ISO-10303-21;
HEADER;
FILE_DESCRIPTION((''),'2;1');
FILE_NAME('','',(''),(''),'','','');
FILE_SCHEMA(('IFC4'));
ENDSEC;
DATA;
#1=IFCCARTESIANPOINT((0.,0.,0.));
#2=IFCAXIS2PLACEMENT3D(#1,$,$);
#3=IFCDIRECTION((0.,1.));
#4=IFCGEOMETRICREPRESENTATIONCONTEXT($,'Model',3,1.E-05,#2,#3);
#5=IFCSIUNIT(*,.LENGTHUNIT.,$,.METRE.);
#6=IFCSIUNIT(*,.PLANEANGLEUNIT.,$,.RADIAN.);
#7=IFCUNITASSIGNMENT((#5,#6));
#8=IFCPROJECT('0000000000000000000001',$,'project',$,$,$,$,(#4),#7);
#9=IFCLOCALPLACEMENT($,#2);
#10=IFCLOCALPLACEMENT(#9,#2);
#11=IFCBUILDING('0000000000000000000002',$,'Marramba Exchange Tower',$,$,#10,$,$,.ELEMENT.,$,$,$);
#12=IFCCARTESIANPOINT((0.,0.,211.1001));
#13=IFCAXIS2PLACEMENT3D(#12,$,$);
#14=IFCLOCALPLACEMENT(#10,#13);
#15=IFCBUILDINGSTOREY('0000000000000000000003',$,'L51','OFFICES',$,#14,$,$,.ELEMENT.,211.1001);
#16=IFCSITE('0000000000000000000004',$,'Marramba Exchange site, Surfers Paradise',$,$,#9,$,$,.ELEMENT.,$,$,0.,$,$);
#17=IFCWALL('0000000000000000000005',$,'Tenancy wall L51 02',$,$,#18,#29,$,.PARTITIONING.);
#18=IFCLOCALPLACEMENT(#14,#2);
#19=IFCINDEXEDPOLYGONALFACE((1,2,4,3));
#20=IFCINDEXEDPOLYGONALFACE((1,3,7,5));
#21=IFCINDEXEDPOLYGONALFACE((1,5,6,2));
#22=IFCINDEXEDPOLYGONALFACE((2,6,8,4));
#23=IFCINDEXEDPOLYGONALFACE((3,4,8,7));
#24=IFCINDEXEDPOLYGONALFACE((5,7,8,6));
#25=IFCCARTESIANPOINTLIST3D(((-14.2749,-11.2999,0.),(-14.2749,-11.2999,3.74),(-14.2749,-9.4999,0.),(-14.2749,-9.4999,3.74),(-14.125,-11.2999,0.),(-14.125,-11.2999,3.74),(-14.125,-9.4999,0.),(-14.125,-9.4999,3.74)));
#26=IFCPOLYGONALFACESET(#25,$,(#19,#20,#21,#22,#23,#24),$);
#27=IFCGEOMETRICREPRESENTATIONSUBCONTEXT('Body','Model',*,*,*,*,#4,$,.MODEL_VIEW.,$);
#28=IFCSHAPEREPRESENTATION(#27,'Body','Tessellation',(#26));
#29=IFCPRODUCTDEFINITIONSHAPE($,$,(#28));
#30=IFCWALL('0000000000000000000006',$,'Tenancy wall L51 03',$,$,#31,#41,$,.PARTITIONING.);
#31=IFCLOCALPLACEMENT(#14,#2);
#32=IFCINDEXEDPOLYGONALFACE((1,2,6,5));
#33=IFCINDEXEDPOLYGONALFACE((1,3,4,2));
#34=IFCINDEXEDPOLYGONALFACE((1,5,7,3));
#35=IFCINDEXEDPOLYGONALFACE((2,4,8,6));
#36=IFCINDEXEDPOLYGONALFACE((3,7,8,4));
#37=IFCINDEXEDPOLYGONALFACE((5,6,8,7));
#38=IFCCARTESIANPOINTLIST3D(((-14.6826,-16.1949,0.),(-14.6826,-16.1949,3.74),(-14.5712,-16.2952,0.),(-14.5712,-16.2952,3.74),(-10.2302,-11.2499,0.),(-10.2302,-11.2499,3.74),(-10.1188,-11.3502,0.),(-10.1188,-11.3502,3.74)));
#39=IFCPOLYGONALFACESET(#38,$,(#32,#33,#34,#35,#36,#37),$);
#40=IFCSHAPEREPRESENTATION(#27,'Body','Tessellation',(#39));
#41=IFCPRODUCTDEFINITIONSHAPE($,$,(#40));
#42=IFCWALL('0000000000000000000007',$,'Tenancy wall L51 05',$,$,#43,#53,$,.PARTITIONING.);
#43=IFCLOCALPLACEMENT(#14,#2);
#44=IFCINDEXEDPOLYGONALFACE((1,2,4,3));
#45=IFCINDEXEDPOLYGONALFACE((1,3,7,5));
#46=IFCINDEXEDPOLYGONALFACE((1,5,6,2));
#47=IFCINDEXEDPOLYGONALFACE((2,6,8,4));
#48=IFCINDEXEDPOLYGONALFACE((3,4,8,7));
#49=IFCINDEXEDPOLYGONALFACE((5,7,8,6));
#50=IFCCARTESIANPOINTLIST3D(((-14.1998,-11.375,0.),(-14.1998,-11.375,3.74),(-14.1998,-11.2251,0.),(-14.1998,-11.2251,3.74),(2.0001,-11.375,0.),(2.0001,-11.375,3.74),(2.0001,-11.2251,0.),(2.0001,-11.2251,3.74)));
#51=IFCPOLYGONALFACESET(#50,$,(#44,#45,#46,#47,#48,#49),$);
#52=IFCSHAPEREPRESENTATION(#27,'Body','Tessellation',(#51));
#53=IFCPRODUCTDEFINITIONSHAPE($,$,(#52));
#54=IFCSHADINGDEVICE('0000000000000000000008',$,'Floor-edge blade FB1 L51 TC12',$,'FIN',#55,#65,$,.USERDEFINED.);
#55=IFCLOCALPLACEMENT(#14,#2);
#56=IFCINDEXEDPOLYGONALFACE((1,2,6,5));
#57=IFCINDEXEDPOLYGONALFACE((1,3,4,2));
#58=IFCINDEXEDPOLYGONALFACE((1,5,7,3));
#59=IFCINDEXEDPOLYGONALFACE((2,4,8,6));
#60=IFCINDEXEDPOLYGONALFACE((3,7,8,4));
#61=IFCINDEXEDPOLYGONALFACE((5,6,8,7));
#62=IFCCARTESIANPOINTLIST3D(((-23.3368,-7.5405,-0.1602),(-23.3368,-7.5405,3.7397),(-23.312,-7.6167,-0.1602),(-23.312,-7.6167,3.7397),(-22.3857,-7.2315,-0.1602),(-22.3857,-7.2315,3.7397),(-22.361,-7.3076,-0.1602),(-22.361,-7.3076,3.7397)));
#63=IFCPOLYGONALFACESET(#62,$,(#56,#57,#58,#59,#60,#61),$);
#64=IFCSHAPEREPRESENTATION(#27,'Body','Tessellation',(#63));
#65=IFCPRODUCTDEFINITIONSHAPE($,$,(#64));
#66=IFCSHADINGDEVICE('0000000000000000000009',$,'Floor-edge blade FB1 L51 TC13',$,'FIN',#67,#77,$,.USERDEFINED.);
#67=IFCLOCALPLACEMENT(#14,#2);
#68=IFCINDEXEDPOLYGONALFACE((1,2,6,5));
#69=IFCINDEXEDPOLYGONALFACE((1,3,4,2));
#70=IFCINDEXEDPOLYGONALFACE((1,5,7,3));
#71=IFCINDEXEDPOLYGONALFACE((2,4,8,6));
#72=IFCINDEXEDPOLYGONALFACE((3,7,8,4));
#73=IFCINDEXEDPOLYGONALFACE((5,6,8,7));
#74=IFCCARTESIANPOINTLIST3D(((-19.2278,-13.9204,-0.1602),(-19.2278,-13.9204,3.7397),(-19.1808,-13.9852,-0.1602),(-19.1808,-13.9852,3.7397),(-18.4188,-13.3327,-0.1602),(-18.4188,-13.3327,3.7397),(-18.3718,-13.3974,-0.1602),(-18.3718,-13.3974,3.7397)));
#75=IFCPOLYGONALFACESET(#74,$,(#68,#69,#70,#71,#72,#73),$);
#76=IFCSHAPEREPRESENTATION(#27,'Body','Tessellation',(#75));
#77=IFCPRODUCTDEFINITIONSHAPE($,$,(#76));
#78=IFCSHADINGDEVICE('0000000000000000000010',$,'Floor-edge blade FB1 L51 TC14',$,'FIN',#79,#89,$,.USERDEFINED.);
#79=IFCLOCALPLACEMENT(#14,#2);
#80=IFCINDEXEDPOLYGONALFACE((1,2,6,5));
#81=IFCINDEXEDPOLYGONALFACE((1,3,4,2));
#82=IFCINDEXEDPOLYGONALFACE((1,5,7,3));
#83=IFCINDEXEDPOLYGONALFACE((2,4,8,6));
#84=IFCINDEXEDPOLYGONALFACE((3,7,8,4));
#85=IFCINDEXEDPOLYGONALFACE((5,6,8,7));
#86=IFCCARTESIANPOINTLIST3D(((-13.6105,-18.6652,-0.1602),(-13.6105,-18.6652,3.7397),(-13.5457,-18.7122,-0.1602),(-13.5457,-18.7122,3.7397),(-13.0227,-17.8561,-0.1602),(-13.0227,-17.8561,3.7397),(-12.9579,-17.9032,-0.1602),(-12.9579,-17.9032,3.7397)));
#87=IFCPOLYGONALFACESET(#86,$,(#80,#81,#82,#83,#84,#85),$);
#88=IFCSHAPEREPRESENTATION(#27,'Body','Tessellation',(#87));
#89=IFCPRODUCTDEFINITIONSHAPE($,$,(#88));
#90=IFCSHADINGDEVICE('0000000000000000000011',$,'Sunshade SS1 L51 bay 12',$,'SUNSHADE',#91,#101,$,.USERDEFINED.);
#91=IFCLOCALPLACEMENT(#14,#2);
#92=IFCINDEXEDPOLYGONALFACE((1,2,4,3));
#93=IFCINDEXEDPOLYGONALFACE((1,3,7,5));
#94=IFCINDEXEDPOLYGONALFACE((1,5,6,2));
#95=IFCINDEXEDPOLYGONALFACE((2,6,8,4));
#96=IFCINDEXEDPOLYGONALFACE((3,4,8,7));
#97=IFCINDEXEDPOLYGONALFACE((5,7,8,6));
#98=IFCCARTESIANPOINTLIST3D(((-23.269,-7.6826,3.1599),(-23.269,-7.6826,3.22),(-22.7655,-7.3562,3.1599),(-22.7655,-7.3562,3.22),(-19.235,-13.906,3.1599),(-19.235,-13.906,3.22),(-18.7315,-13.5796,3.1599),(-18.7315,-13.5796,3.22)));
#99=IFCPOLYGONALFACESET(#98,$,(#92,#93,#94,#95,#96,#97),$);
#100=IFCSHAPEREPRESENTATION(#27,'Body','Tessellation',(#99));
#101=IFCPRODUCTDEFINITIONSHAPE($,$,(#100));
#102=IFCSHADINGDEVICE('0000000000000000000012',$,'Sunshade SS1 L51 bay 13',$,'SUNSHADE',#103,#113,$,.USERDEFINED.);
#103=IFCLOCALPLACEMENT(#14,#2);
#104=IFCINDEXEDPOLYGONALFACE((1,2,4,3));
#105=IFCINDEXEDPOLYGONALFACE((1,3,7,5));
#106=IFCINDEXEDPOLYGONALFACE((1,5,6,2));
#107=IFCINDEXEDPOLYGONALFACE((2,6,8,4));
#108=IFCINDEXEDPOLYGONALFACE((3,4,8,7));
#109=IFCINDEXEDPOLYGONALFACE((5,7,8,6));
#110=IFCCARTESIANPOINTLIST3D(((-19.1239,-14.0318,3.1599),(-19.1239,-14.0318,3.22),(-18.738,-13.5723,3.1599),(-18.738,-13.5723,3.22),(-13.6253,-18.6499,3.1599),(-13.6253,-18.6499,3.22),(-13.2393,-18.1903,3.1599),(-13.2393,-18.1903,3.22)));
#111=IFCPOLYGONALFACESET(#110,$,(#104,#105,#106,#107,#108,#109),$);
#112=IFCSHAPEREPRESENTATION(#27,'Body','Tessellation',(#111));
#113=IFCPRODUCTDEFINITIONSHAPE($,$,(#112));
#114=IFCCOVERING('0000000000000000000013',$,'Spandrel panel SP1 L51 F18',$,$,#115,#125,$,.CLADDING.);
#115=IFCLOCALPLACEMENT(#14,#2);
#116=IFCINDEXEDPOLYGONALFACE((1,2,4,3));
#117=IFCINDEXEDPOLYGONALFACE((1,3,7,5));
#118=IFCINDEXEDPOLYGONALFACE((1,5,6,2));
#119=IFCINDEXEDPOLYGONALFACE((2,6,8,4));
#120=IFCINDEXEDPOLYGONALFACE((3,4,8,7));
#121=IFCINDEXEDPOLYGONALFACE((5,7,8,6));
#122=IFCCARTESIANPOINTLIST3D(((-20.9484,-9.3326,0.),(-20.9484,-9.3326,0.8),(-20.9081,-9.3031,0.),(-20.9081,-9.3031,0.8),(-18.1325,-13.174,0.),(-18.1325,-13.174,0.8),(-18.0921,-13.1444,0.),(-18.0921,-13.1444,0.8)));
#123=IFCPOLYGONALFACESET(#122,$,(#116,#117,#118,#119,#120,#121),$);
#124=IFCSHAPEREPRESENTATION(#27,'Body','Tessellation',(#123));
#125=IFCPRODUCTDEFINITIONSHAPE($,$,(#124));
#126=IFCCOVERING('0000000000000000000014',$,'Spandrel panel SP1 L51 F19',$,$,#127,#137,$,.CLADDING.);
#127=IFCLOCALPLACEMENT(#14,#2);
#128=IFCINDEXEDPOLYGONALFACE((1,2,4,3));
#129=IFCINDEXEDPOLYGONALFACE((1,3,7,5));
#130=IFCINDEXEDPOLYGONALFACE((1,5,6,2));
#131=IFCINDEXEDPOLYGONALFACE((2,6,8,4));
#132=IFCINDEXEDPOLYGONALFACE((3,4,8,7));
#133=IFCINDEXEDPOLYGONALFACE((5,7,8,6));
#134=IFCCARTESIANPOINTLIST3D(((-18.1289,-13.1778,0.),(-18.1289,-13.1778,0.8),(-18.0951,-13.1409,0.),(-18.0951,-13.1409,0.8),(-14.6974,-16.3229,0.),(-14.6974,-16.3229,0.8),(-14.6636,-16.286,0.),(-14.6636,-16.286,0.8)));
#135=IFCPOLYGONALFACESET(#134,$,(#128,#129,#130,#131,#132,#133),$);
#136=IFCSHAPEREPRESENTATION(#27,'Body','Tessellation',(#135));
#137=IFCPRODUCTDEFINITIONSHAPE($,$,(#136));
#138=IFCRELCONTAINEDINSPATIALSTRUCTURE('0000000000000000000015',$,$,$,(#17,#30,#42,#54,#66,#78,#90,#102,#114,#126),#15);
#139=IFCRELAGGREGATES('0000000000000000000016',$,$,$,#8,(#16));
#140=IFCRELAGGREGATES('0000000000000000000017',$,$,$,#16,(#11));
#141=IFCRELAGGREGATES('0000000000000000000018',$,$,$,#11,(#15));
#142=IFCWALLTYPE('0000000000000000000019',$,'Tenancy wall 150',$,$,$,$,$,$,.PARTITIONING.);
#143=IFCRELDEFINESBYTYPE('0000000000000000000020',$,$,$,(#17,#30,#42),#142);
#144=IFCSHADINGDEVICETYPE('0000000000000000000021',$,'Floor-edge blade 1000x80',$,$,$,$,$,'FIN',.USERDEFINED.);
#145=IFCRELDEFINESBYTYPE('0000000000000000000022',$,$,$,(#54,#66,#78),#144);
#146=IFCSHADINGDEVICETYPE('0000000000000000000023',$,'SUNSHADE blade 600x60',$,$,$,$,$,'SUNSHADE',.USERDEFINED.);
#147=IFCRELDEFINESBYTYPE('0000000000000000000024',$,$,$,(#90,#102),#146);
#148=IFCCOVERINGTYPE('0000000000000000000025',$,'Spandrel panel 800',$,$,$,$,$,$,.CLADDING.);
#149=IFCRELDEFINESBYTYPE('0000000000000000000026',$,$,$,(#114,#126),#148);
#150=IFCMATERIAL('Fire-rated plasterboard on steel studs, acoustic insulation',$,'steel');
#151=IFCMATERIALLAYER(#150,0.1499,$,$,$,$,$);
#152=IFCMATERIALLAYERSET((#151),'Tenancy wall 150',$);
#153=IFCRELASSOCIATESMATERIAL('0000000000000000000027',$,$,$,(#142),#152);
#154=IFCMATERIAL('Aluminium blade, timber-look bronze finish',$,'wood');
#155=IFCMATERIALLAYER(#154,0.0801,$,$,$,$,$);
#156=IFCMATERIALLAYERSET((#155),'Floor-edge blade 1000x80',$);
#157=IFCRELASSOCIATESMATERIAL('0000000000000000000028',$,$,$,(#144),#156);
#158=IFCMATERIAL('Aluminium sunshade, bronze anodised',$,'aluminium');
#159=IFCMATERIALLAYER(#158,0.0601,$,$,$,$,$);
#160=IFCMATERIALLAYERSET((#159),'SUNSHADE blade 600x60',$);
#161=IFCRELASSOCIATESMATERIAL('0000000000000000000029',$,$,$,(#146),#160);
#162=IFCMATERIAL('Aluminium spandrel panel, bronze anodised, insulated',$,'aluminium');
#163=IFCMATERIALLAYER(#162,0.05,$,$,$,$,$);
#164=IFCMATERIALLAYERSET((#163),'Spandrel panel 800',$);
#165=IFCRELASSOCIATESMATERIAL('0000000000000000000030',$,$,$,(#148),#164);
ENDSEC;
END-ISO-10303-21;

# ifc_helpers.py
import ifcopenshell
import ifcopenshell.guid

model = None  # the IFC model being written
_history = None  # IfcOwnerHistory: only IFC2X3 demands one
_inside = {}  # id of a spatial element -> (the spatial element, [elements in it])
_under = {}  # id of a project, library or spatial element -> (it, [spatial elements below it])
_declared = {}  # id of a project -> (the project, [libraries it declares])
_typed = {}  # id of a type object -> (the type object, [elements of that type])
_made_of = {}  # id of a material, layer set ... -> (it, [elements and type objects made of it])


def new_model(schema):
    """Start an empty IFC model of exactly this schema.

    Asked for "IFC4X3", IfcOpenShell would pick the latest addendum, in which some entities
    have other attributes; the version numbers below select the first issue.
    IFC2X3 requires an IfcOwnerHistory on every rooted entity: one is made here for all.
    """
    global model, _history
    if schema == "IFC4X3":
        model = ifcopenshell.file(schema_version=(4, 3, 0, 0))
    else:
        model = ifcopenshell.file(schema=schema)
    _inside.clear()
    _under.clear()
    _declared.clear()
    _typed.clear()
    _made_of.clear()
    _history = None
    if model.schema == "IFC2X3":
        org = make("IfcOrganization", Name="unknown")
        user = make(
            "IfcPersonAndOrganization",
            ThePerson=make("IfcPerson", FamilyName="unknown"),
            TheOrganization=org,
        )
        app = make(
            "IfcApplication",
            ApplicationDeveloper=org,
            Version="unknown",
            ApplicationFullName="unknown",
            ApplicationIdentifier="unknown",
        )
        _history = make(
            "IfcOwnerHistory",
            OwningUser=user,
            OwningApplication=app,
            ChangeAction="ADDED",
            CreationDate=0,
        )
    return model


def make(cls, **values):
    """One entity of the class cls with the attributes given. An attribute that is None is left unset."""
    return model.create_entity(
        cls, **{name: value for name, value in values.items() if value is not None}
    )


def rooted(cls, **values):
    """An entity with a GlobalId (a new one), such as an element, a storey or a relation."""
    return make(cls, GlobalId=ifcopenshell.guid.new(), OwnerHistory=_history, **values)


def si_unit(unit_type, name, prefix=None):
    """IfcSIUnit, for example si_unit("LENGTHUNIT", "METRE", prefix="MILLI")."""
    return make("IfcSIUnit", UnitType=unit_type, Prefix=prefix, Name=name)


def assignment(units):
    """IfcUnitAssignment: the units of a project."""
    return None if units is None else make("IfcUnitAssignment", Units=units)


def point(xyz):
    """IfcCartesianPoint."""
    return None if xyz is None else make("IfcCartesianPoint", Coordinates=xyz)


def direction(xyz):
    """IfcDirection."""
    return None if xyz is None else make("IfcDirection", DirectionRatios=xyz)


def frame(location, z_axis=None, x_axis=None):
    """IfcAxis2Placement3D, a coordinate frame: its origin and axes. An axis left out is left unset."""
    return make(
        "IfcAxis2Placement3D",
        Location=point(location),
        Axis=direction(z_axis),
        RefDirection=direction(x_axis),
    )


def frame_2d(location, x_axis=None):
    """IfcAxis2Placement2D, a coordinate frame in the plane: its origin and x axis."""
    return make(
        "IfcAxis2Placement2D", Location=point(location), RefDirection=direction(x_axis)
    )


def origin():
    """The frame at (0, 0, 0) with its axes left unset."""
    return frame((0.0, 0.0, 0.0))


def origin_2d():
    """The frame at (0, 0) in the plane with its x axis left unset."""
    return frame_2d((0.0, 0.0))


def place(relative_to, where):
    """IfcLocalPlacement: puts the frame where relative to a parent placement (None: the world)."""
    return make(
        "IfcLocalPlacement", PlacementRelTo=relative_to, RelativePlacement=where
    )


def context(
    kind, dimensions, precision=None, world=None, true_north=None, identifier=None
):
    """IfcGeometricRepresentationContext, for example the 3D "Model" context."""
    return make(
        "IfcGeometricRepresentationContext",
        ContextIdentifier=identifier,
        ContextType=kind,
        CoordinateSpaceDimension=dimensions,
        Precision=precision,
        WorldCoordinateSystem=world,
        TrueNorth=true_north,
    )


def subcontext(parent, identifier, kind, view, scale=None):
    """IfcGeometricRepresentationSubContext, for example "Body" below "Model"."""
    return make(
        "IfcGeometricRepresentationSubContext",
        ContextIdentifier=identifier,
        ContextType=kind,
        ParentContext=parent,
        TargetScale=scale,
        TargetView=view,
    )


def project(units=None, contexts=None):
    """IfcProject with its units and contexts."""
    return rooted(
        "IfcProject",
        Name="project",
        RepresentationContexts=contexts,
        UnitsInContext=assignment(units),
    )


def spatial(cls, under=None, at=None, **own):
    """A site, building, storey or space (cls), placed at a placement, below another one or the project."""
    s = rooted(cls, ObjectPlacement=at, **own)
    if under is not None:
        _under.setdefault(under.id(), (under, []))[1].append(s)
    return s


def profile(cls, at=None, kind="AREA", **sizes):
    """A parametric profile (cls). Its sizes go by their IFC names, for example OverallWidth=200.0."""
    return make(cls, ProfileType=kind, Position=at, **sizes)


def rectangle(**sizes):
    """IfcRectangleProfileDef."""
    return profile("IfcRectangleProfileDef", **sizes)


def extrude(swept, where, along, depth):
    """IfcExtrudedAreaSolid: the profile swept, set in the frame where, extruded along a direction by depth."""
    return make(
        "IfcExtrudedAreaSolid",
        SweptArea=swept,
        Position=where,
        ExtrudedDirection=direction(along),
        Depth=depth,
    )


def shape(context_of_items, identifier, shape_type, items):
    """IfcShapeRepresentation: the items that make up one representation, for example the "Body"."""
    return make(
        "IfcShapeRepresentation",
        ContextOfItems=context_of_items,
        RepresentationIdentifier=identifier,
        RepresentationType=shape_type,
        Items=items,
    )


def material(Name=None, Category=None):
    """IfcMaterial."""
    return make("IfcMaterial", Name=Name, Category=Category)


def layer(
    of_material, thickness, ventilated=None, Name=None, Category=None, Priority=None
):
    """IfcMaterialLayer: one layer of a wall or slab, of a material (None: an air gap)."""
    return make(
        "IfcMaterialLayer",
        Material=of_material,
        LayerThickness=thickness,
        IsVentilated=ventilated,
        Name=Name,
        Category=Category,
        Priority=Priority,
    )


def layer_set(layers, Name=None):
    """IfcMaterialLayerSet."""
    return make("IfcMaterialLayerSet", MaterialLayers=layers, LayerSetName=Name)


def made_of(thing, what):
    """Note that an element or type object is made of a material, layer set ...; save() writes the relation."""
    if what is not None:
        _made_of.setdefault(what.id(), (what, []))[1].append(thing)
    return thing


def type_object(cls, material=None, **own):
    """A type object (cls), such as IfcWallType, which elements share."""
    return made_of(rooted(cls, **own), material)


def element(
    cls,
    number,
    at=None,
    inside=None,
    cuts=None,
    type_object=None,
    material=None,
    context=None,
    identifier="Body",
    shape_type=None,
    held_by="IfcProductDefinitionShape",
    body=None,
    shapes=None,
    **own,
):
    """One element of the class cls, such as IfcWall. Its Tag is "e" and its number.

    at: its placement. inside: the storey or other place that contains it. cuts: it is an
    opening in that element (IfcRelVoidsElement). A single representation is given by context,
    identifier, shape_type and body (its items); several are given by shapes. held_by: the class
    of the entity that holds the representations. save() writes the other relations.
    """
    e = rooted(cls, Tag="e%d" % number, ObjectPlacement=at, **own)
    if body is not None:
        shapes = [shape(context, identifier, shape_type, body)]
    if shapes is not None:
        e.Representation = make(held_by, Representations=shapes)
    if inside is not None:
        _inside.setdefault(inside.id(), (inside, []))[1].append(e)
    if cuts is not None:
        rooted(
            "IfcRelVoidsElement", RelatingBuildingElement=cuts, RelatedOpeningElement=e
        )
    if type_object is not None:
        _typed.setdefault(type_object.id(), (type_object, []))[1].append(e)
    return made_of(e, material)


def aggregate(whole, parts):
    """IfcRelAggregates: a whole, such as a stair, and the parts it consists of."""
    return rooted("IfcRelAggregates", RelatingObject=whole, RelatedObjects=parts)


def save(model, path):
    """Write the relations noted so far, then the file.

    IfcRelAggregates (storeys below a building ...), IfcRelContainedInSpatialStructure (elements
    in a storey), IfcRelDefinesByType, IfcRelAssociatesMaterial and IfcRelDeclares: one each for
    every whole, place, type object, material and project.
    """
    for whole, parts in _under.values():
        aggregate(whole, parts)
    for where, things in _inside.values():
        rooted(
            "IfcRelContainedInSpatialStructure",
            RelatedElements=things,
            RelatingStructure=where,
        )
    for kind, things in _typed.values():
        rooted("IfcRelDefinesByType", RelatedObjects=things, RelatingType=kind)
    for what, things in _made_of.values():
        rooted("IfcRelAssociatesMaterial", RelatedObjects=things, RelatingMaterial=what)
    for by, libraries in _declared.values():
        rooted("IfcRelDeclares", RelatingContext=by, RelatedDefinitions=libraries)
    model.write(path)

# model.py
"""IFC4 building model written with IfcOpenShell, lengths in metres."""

from ifc_helpers import new_model, si_unit, direction, frame, frame_2d, origin, origin_2d, place, context, subcontext, project, spatial, rectangle, extrude, material, layer, layer_set, type_object, element, save


model = new_model("IFC4")

# Units and contexts
model_context = context("Model", 3, precision=1e-05, world=origin(), true_north=direction((0.0, 1.0)))
body_context = subcontext(model_context, "Body", "Model", "MODEL_VIEW")
ifc_project = project(units=[si_unit("LENGTHUNIT", "METRE"), si_unit("PLANEANGLEUNIT", "RADIAN")], contexts=[model_context])

# Site, building, storey
site_placement = place(None, origin())
site = spatial("IfcSite", under=ifc_project, at=site_placement, Name="Marramba Exchange site, Surfers Paradise", CompositionType="ELEMENT", RefElevation=0.0)
building_placement = place(site_placement, origin())
building = spatial("IfcBuilding", under=site, at=building_placement, Name="Marramba Exchange Tower", CompositionType="ELEMENT")
storey_placement = place(building_placement, frame((0.0, 0.0, 211.1001)))
storey = spatial("IfcBuildingStorey", under=building, at=storey_placement, Name="L51", Description="OFFICES", CompositionType="ELEMENT", Elevation=211.1001)

# Walls
ifc_material_1 = material(Name="Fire-rated plasterboard on steel studs, acoustic insulation", Category="steel")
ifc_layer_1 = layer(ifc_material_1, 0.1499)
ifc_layer_set_1 = layer_set([ifc_layer_1], Name="Tenancy wall 150")
wall_type_1 = type_object("IfcWallType", Name="Tenancy wall 150", PredefinedType="PARTITIONING", material=ifc_layer_set_1)
wall_1_placement = place(storey_placement, frame((-14.2, -9.5, 0.0), z_axis=(0.0, 0.0, 1.0), x_axis=(0.0, -1.0, 0.0)))
element("IfcWall", 1, at=wall_1_placement, inside=storey, type_object=wall_type_1, Name="Tenancy wall L51 02", PredefinedType="PARTITIONING", context=body_context, shape_type="SweptSolid", body=[
    extrude(rectangle(XDim=1.8, YDim=0.1499, at=frame_2d((0.8999, 0.0))), origin(), (0.0, 0.0, 1.0), 3.74),
])
wall_2_placement = place(storey_placement, frame((-14.627, -16.2451, 0.0), z_axis=(0.0, 0.0, 1.0), x_axis=(0.669117, 0.743157, 0.0)))
element("IfcWall", 2, at=wall_2_placement, inside=storey, type_object=wall_type_1, Name="Tenancy wall L51 03", PredefinedType="PARTITIONING", context=body_context, shape_type="SweptSolid", body=[
    extrude(rectangle(XDim=6.6541, YDim=0.1499, at=frame_2d((3.3271, 0.0))), origin(), (0.0, 0.0, 1.0), 3.74),
])
wall_3_placement = place(storey_placement, frame((-14.2, -11.3, 0.0), z_axis=(0.0, 0.0, 1.0), x_axis=(1.0, 0.0, 0.0)))
element("IfcWall", 3, at=wall_3_placement, inside=storey, type_object=wall_type_1, Name="Tenancy wall L51 05", PredefinedType="PARTITIONING", context=body_context, shape_type="SweptSolid", body=[
    extrude(rectangle(XDim=16.2, YDim=0.1499, at=frame_2d((8.1001, 0.0))), origin(), (0.0, 0.0, 1.0), 3.74),
])

# Shading devices
ifc_material_2 = material(Name="Aluminium blade, timber-look bronze finish", Category="wood")
ifc_layer_2 = layer(ifc_material_2, 0.0801)
ifc_layer_set_2 = layer_set([ifc_layer_2], Name="Floor-edge blade 1000x80")
shading_device_type_1 = type_object("IfcShadingDeviceType", Name="Floor-edge blade 1000x80", ElementType="FIN", PredefinedType="USERDEFINED", material=ifc_layer_set_2)
for number, where, z_axis, x_axis, name in (
    (4, (-22.8489, -7.4241, -0.1602), (0.0, 0.0, 1.0), (-0.951057, -0.309017, 0.0), "Floor-edge blade FB1 L51 TC12"),
    (5, (-18.7998, -13.6589, -0.1602), (0.0, 0.0, 1.0), (-0.809017, -0.587785, 0.0), "Floor-edge blade FB1 L51 TC13"),
    (6, (-13.2842, -18.2842, -0.1602), (0.0, 0.0, 1.0), (-0.587785, -0.809017, 0.0), "Floor-edge blade FB1 L51 TC14"),
):
    element("IfcShadingDevice", number, at=place(storey_placement, frame(where, z_axis=z_axis, x_axis=x_axis)), inside=storey, type_object=shading_device_type_1, Name=name, ObjectType="FIN", PredefinedType="USERDEFINED", context=body_context, shape_type="SweptSolid", body=[
        extrude(rectangle(XDim=1.0, YDim=0.0801, at=origin_2d()), origin(), (0.0, 0.0, 1.0), 3.8999),
    ])
ifc_material_3 = material(Name="Aluminium sunshade, bronze anodised", Category="aluminium")
ifc_layer_3 = layer(ifc_material_3, 0.0601)
ifc_layer_set_3 = layer_set([ifc_layer_3], Name="SUNSHADE blade 600x60")
shading_device_type_2 = type_object("IfcShadingDeviceType", Name="SUNSHADE blade 600x60", ElementType="SUNSHADE", PredefinedType="USERDEFINED", material=ifc_layer_set_3)
shading_device_1_placement = place(storey_placement, frame((-21.0002, -10.6311, 3.1599), z_axis=(0.0, 0.0, 1.0), x_axis=(0.543922, -0.839136, 0.0)))
element("IfcShadingDevice", 7, at=shading_device_1_placement, inside=storey, type_object=shading_device_type_2, Name="Sunshade SS1 L51 bay 12", ObjectType="SUNSHADE", PredefinedType="USERDEFINED", context=body_context, shape_type="SweptSolid", body=[
    extrude(rectangle(XDim=7.4165, YDim=0.6001, at=origin_2d()), origin(), (0.0, 0.0, 1.0), 0.0601),
])
shading_device_2_placement = place(storey_placement, frame((-16.1816, -16.1111, 3.1599), z_axis=(0.0, 0.0, 1.0), x_axis=(0.765762, -0.643124, 0.0)))
element("IfcShadingDevice", 8, at=shading_device_2_placement, inside=storey, type_object=shading_device_type_2, Name="Sunshade SS1 L51 bay 13", ObjectType="SUNSHADE", PredefinedType="USERDEFINED", context=body_context, shape_type="SweptSolid", body=[
    extrude(rectangle(XDim=7.1807, YDim=0.6001, at=origin_2d()), origin(), (0.0, 0.0, 1.0), 0.0601),
])

# Coverings
ifc_material_4 = material(Name="Aluminium spandrel panel, bronze anodised, insulated", Category="aluminium")
ifc_layer_4 = layer(ifc_material_4, 0.05)
ifc_layer_set_4 = layer_set([ifc_layer_4], Name="Spandrel panel 800")
covering_type = type_object("IfcCoveringType", Name="Spandrel panel 800", PredefinedType="CLADDING", material=ifc_layer_set_4)
covering_1_placement = place(storey_placement, frame((-19.5203, -11.2385, 0.0), z_axis=(0.0, 0.0, 1.0), x_axis=(0.591223, -0.806508, 0.0)))
element("IfcCovering", 9, at=covering_1_placement, inside=storey, type_object=covering_type, Name="Spandrel panel SP1 L51 F18", PredefinedType="CLADDING", context=body_context, shape_type="SweptSolid", body=[
    extrude(rectangle(XDim=4.7629, YDim=0.05, at=origin_2d()), origin(), (0.0, 0.0, 1.0), 0.8),
])
covering_2_placement = place(storey_placement, frame((-16.3962, -14.7319, 0.0), z_axis=(0.0, 0.0, 1.0), x_axis=(0.737203, -0.675671, 0.0)))
element("IfcCovering", 10, at=covering_2_placement, inside=storey, type_object=covering_type, Name="Spandrel panel SP1 L51 F19", PredefinedType="CLADDING", context=body_context, shape_type="SweptSolid", body=[
    extrude(rectangle(XDim=4.6548, YDim=0.05, at=origin_2d()), origin(), (0.0, 0.0, 1.0), 0.8),
])

save(model, "model.ifc")
